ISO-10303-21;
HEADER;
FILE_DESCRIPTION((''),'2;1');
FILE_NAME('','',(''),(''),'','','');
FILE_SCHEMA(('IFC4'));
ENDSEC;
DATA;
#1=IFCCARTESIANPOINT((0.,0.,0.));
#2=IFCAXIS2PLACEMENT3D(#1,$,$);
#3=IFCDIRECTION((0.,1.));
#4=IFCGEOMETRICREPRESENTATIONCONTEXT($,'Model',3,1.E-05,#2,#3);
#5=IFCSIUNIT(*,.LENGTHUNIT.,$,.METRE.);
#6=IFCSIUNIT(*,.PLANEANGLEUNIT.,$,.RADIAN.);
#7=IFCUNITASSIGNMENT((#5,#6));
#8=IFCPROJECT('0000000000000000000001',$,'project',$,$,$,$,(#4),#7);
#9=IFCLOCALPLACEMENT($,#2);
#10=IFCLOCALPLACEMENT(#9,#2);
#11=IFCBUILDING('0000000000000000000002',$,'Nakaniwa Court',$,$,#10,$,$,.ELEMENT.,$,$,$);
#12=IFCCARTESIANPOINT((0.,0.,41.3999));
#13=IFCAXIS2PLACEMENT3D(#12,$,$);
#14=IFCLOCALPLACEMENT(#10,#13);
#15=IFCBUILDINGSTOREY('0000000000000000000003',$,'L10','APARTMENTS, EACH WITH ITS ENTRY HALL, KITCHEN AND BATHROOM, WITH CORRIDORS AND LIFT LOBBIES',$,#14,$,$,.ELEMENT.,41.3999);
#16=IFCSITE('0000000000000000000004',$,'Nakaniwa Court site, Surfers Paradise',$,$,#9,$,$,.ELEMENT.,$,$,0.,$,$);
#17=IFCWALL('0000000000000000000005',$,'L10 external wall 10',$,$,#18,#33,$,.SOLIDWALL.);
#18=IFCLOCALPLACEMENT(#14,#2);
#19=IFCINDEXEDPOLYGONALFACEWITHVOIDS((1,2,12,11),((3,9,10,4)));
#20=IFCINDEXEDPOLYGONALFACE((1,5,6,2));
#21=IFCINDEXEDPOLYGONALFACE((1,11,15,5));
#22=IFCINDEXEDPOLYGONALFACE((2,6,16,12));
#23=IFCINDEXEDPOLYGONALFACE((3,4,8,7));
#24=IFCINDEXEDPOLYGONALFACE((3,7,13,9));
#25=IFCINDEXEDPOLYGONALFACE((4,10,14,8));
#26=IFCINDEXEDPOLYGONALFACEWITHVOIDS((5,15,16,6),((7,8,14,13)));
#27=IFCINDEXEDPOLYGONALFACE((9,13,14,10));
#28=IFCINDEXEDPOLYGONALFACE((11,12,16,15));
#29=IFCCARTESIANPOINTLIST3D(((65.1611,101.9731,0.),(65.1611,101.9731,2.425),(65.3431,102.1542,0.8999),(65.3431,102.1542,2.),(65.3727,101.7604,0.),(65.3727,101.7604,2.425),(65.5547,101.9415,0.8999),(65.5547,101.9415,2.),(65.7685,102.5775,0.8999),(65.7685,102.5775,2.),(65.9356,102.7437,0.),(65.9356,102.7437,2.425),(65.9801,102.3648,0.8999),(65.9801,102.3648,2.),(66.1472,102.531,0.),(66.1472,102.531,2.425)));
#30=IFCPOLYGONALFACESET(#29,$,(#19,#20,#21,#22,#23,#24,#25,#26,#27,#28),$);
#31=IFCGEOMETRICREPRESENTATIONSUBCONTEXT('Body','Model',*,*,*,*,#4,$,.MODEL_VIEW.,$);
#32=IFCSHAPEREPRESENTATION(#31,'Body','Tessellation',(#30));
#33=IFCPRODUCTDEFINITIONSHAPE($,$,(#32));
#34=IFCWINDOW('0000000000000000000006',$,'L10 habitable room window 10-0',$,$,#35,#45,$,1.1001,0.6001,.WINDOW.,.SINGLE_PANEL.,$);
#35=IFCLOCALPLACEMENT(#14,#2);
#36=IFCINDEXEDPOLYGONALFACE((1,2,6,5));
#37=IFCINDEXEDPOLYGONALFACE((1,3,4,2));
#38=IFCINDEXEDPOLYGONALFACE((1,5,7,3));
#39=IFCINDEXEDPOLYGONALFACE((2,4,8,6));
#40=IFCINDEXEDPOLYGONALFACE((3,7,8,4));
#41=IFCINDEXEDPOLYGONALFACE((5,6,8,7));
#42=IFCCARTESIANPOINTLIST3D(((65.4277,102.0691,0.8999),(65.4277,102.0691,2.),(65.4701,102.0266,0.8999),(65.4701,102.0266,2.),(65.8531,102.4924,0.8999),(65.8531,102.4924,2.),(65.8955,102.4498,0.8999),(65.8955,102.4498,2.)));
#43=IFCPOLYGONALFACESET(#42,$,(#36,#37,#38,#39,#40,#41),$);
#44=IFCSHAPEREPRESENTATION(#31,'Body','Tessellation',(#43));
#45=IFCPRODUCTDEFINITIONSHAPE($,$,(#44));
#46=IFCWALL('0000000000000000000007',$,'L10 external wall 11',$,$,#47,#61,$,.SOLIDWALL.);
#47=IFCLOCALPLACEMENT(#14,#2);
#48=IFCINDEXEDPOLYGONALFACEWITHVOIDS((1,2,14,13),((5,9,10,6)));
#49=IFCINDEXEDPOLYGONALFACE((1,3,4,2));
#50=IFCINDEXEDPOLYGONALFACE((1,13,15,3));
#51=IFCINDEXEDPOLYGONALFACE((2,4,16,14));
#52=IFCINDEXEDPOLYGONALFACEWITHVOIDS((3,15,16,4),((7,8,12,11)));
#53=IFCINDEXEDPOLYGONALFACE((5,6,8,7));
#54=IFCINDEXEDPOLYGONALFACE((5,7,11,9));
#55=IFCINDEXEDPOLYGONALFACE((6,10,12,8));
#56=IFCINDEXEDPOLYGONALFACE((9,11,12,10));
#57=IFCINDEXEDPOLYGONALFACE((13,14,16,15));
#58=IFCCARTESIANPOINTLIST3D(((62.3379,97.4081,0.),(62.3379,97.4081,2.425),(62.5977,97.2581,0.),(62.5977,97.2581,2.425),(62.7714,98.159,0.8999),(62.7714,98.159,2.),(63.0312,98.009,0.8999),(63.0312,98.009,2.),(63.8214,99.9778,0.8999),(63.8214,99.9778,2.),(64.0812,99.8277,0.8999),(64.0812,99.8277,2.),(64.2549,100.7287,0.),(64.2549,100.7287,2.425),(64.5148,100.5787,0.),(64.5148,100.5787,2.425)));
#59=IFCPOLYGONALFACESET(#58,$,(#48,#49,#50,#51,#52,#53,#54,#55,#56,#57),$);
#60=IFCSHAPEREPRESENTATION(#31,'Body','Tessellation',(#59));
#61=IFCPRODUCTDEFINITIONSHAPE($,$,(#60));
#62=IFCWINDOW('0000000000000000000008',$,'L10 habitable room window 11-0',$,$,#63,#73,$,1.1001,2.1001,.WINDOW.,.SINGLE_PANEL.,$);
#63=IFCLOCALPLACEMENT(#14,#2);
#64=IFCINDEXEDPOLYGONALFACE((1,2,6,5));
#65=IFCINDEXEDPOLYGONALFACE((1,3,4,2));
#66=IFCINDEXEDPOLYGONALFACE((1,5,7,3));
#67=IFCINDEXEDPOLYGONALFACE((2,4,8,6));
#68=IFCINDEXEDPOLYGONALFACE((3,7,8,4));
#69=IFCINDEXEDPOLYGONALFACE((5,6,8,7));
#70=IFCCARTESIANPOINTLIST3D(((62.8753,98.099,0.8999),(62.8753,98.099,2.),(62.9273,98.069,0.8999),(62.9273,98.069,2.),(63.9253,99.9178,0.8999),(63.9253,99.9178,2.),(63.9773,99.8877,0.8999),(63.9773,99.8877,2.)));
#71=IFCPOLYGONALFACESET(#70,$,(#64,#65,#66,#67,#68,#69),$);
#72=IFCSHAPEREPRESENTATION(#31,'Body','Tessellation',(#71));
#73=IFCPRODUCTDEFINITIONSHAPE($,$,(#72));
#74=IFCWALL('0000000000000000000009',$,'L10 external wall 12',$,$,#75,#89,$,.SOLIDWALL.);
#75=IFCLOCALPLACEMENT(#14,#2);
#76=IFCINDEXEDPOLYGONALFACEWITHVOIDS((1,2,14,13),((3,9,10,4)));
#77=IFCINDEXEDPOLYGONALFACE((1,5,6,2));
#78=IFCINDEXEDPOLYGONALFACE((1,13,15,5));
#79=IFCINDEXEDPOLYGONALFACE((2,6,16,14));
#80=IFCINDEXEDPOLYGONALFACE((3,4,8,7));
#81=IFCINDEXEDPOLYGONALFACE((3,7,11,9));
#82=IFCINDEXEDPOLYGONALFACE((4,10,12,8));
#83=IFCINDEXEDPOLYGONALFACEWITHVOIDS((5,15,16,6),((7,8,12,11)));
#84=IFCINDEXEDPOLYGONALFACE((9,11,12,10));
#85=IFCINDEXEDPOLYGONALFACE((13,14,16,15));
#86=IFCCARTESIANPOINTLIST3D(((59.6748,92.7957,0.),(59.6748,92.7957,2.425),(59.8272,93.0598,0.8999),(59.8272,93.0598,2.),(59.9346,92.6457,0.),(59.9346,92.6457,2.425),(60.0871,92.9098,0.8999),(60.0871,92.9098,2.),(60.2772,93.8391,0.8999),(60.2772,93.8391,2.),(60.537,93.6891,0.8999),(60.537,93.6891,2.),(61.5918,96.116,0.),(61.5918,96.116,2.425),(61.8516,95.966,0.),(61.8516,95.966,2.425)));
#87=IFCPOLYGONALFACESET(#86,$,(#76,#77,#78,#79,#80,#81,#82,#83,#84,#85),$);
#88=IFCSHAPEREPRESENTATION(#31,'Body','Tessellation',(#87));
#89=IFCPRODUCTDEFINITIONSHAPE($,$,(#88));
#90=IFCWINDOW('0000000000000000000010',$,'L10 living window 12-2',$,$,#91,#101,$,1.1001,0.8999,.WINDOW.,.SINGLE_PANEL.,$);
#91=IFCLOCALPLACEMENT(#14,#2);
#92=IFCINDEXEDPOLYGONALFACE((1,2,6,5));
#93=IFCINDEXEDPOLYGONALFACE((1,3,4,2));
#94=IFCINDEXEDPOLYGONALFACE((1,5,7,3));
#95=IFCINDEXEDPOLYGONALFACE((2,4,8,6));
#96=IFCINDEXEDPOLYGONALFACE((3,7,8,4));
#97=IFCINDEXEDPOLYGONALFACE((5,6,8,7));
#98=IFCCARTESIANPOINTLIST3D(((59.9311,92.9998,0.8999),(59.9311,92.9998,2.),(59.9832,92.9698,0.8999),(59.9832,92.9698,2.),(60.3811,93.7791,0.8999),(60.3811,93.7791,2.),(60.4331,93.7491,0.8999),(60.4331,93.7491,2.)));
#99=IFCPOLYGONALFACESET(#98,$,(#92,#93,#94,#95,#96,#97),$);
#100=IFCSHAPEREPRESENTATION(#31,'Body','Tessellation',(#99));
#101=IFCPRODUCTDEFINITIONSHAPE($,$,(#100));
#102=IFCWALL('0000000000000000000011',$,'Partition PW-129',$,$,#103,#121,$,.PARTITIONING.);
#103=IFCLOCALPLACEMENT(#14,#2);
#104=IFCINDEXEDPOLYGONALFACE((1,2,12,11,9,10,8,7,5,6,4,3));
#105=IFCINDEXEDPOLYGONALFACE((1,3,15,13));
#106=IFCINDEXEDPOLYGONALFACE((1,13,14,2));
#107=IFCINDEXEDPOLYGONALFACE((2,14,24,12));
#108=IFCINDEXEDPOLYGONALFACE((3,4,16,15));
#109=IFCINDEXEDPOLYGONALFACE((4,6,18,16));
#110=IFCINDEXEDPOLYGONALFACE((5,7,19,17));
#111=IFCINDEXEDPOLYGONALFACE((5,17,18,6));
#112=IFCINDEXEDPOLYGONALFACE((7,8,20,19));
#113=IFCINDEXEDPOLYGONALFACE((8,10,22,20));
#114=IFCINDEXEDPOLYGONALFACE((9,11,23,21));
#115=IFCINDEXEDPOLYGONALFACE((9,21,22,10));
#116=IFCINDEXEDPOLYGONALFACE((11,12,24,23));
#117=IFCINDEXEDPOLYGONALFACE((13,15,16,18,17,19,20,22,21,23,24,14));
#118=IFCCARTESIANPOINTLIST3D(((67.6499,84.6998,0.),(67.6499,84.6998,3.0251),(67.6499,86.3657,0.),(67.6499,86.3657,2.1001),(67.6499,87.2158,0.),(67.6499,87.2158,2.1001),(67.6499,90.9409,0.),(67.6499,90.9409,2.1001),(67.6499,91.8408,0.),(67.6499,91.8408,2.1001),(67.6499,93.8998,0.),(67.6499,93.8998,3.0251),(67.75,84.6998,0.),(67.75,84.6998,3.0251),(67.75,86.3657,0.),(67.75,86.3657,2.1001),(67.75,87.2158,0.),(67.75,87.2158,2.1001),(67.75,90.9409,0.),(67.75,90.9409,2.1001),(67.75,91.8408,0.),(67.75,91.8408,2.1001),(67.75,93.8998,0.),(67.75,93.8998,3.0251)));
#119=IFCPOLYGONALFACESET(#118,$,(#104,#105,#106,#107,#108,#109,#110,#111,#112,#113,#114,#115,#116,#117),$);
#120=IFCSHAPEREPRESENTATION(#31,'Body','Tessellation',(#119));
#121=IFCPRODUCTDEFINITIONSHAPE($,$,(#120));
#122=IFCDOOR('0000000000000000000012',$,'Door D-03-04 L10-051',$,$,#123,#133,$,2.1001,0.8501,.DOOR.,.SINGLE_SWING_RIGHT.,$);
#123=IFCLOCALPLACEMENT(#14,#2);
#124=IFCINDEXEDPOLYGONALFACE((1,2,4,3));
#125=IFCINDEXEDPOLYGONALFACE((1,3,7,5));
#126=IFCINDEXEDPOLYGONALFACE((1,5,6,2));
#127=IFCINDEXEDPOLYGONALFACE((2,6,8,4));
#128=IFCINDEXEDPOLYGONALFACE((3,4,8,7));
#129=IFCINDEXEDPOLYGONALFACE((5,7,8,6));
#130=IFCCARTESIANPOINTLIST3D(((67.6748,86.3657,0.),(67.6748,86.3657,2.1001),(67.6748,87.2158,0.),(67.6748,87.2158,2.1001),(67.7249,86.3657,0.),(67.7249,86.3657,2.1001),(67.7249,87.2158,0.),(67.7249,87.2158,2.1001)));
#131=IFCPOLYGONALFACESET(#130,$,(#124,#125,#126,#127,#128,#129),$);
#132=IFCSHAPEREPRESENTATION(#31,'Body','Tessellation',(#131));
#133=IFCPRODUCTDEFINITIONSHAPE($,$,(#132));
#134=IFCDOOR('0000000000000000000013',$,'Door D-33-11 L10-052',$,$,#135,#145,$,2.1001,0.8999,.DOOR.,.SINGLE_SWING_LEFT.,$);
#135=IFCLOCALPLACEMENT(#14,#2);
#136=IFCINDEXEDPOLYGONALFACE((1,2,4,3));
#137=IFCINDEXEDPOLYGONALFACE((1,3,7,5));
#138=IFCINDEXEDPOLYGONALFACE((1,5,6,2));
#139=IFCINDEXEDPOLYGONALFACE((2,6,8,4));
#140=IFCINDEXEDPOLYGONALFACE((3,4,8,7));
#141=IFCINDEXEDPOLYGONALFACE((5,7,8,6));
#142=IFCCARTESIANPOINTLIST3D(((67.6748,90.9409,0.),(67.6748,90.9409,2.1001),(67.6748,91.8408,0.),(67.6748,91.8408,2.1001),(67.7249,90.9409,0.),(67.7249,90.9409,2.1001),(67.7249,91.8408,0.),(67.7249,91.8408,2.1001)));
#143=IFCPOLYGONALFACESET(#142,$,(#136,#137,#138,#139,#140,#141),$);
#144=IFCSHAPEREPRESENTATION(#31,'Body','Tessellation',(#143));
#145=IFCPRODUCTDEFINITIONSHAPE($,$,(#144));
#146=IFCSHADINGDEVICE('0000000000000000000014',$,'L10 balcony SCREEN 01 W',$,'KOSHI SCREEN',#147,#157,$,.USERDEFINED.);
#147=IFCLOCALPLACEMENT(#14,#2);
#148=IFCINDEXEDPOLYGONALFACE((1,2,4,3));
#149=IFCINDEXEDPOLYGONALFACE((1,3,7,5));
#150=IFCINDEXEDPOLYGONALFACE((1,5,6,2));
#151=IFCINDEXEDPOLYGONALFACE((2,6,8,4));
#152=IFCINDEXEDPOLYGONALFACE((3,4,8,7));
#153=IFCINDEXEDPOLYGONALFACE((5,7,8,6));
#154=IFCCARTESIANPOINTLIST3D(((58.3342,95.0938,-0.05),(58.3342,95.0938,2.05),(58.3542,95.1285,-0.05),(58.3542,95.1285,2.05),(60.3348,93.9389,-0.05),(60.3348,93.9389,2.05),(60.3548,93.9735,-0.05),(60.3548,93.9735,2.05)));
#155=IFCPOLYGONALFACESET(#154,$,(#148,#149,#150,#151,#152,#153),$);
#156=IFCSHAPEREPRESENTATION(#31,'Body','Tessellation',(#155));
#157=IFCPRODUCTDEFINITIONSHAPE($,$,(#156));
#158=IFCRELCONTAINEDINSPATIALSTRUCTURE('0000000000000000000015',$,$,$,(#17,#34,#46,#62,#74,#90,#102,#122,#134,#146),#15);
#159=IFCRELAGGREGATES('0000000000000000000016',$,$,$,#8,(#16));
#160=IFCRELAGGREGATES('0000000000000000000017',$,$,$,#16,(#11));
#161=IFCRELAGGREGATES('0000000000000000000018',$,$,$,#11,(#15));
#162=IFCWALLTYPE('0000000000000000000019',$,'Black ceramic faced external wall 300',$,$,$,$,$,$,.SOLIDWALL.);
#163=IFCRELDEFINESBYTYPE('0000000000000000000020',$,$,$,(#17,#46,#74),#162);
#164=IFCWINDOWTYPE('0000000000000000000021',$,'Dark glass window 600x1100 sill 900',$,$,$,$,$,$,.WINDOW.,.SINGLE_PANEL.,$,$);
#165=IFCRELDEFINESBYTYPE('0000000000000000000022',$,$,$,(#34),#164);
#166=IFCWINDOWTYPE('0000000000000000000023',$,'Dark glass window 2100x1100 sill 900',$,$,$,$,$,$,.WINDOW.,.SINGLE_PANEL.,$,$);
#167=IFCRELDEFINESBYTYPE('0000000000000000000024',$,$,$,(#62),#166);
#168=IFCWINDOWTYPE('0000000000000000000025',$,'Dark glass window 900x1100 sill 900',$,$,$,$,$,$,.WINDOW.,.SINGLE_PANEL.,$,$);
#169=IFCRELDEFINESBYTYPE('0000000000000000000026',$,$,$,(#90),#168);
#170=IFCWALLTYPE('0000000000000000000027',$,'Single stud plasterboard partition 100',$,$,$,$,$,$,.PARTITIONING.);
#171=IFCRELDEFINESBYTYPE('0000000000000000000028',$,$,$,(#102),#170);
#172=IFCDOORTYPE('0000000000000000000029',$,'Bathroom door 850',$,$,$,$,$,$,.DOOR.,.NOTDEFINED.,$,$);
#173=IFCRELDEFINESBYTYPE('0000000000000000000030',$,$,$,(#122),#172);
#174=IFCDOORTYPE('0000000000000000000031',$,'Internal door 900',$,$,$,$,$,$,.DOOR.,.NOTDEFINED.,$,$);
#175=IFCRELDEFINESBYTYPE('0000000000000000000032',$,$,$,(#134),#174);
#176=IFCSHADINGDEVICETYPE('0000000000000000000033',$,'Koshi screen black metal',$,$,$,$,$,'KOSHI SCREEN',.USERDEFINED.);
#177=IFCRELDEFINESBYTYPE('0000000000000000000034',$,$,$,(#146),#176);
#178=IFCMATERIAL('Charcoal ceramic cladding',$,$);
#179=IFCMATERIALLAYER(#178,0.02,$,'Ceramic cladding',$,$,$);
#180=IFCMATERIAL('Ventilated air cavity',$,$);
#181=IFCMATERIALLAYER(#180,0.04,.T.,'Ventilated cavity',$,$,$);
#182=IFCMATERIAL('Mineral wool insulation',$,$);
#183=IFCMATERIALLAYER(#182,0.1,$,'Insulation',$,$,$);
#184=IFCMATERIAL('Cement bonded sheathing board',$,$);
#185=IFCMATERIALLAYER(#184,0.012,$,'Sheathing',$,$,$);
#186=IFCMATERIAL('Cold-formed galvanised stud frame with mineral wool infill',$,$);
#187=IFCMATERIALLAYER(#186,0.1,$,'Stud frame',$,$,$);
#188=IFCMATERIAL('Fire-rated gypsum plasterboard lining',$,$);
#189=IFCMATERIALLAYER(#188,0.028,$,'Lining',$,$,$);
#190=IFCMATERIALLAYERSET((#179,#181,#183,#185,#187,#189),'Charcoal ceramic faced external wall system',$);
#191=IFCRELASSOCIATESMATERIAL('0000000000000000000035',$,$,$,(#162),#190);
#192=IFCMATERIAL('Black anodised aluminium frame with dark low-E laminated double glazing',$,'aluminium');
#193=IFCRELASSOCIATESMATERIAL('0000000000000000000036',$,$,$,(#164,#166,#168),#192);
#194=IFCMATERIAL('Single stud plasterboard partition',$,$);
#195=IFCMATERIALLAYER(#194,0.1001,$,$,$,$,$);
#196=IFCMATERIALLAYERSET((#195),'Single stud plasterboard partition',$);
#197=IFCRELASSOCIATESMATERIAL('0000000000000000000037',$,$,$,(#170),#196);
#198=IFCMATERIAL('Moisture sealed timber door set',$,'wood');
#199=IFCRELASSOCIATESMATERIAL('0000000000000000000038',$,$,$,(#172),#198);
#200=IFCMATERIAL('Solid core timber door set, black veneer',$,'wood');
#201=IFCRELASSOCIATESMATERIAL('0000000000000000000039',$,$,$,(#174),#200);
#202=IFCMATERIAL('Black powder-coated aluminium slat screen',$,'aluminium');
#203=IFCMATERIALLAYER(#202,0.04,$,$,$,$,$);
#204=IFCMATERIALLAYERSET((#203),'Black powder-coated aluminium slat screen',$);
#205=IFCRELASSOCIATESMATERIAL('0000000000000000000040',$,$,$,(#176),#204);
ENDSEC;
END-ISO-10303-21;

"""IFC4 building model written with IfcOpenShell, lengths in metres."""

from ifc_helpers import new_model, si_unit, direction, frame, frame_2d, origin, origin_2d, place, context, subcontext, project, spatial, rectangle, extrude, material, layer, layer_set, type_object, element, fill, save


model = new_model("IFC4")

# Units and contexts
model_context = context("Model", 3, precision=1e-05, world=origin(), true_north=direction((0.0, 1.0)))
body_context = subcontext(model_context, "Body", "Model", "MODEL_VIEW")
ifc_project = project(units=[si_unit("LENGTHUNIT", "METRE"), si_unit("PLANEANGLEUNIT", "RADIAN")], contexts=[model_context])

# Site, building, storey
site_placement = place(None, origin())
site = spatial("IfcSite", under=ifc_project, at=site_placement, Name="Nakaniwa Court site, Surfers Paradise", CompositionType="ELEMENT", RefElevation=0.0)
building_placement = place(site_placement, origin())
building = spatial("IfcBuilding", under=site, at=building_placement, Name="Nakaniwa Court", CompositionType="ELEMENT")
storey_placement = place(building_placement, frame((0.0, 0.0, 41.3999)))
storey = spatial("IfcBuildingStorey", under=building, at=storey_placement, Name="L10", Description="APARTMENTS, EACH WITH ITS ENTRY HALL, KITCHEN AND BATHROOM, WITH CORRIDORS AND LIFT LOBBIES", CompositionType="ELEMENT", Elevation=41.3999)

# Walls, openings, windows
ifc_material_1 = material(Name="Charcoal ceramic cladding")
ifc_layer_1 = layer(ifc_material_1, 0.02, Name="Ceramic cladding")
ifc_material_2 = material(Name="Ventilated air cavity")
ifc_layer_2 = layer(ifc_material_2, 0.04, ventilated=True, Name="Ventilated cavity")
ifc_material_3 = material(Name="Mineral wool insulation")
ifc_layer_3 = layer(ifc_material_3, 0.1, Name="Insulation")
ifc_material_4 = material(Name="Cement bonded sheathing board")
ifc_layer_4 = layer(ifc_material_4, 0.012, Name="Sheathing")
ifc_material_5 = material(Name="Cold-formed galvanised stud frame with mineral wool infill")
ifc_layer_5 = layer(ifc_material_5, 0.1, Name="Stud frame")
ifc_material_6 = material(Name="Fire-rated gypsum plasterboard lining")
ifc_layer_6 = layer(ifc_material_6, 0.028, Name="Lining")
ifc_layer_set_1 = layer_set([ifc_layer_1, ifc_layer_2, ifc_layer_3, ifc_layer_4, ifc_layer_5, ifc_layer_6], Name="Charcoal ceramic faced external wall system")
wall_type_1 = type_object("IfcWallType", Name="Black ceramic faced external wall 300", PredefinedType="SOLIDWALL", material=ifc_layer_set_1)
ifc_material_7 = material(Name="Black anodised aluminium frame with dark low-E laminated double glazing", Category="aluminium")
window_type_1 = type_object("IfcWindowType", Name="Dark glass window 600x1100 sill 900", PartitioningType="SINGLE_PANEL", PredefinedType="WINDOW", material=ifc_material_7)
wall_1_placement = place(storey_placement, frame((66.0415, 102.6375, 0.0), z_axis=(0.0, 0.0, 1.0), x_axis=(-0.708892, -0.705317, 0.0)))
wall_1 = element("IfcWall", 1, at=wall_1_placement, inside=storey, type_object=wall_type_1, Name="L10 external wall 10", PredefinedType="SOLIDWALL", context=body_context, shape_type="SweptSolid", body=[
    extrude(rectangle(XDim=1.0925, YDim=0.3, at=frame_2d((0.5464, 0.0))), origin(), (0.0, 0.0, 1.0), 2.425),
])
opening_1_placement = place(wall_1_placement, frame((0.2358, 0.0, 0.8999)))
opening_1 = element("IfcOpeningElement", 2, at=opening_1_placement, cuts=wall_1, PredefinedType="OPENING", context=body_context, shape_type="SweptSolid", body=[
    extrude(rectangle(XDim=0.6001, YDim=1.1001, at=frame_2d((0.3, 0.55))), frame((0.0, 0.1599, 0.0), z_axis=(0.0, -1.0, 0.0), x_axis=(1.0, 0.0, 0.0)), (0.0, 0.0, 1.0), 0.3201),
])
window_1_placement = place(opening_1_placement, origin())
window_1 = element("IfcWindow", 3, at=window_1_placement, inside=storey, type_object=window_type_1, Name="L10 habitable room window 10-0", OverallHeight=1.1001, OverallWidth=0.6001, PartitioningType="SINGLE_PANEL", PredefinedType="WINDOW", context=body_context, shape_type="SweptSolid", body=[
    extrude(rectangle(XDim=0.6001, YDim=1.1001, at=frame_2d((0.3, 0.55))), frame((0.0, 0.03, 0.0), z_axis=(0.0, -1.0, 0.0), x_axis=(1.0, 0.0, 0.0)), (0.0, 0.0, 1.0), 0.0601),
])
fill(opening_1, window_1)
wall_2_placement = place(storey_placement, frame((64.3848, 100.6536, 0.0), z_axis=(0.0, 0.0, 1.0), x_axis=(-0.499974, -0.86604, 0.0)))
wall_2 = element("IfcWall", 4, at=wall_2_placement, inside=storey, type_object=wall_type_1, Name="L10 external wall 11", PredefinedType="SOLIDWALL", context=body_context, shape_type="SweptSolid", body=[
    extrude(rectangle(XDim=3.8342, YDim=0.3, at=frame_2d((1.917, 0.0))), origin(), (0.0, 0.0, 1.0), 2.425),
])
opening_2_placement = place(wall_2_placement, frame((0.8669, 0.0, 0.8999)))
opening_2 = element("IfcOpeningElement", 5, at=opening_2_placement, cuts=wall_2, PredefinedType="OPENING", context=body_context, shape_type="SweptSolid", body=[
    extrude(rectangle(XDim=2.1001, YDim=1.1001, at=frame_2d((1.05, 0.55))), frame((0.0, 0.1599, 0.0), z_axis=(0.0, -1.0, 0.0), x_axis=(1.0, 0.0, 0.0)), (0.0, 0.0, 1.0), 0.3201),
])
window_type_2 = type_object("IfcWindowType", Name="Dark glass window 2100x1100 sill 900", PartitioningType="SINGLE_PANEL", PredefinedType="WINDOW", material=ifc_material_7)
window_2_placement = place(opening_2_placement, origin())
window_2 = element("IfcWindow", 6, at=window_2_placement, inside=storey, type_object=window_type_2, Name="L10 habitable room window 11-0", OverallHeight=1.1001, OverallWidth=2.1001, PartitioningType="SINGLE_PANEL", PredefinedType="WINDOW", context=body_context, shape_type="SweptSolid", body=[
    extrude(rectangle(XDim=2.1001, YDim=1.1001, at=frame_2d((1.05, 0.55))), frame((0.0, 0.03, 0.0), z_axis=(0.0, -1.0, 0.0), x_axis=(1.0, 0.0, 0.0)), (0.0, 0.0, 1.0), 0.0601),
])
fill(opening_2, window_2)
wall_3_placement = place(storey_placement, frame((61.7217, 96.041, 0.0), z_axis=(0.0, 0.0, 1.0), x_axis=(-0.500002, -0.866024, 0.0)))
wall_3 = element("IfcWall", 7, at=wall_3_placement, inside=storey, type_object=wall_type_1, Name="L10 external wall 12", PredefinedType="SOLIDWALL", context=body_context, shape_type="SweptSolid", body=[
    extrude(rectangle(XDim=3.834, YDim=0.3, at=frame_2d((1.917, 0.0))), origin(), (0.0, 0.0, 1.0), 2.425),
])
opening_3_placement = place(wall_3_placement, frame((2.6292, 0.0, 0.8999)))
opening_3 = element("IfcOpeningElement", 8, at=opening_3_placement, cuts=wall_3, PredefinedType="OPENING", context=body_context, shape_type="SweptSolid", body=[
    extrude(rectangle(XDim=0.8999, YDim=1.1001, at=frame_2d((0.45, 0.55))), frame((0.0, 0.1599, 0.0), z_axis=(0.0, -1.0, 0.0), x_axis=(1.0, 0.0, 0.0)), (0.0, 0.0, 1.0), 0.3201),
])
window_type_3 = type_object("IfcWindowType", Name="Dark glass window 900x1100 sill 900", PartitioningType="SINGLE_PANEL", PredefinedType="WINDOW", material=ifc_material_7)
window_3_placement = place(opening_3_placement, origin())
window_3 = element("IfcWindow", 9, at=window_3_placement, inside=storey, type_object=window_type_3, Name="L10 living window 12-2", OverallHeight=1.1001, OverallWidth=0.8999, PartitioningType="SINGLE_PANEL", PredefinedType="WINDOW", context=body_context, shape_type="SweptSolid", body=[
    extrude(rectangle(XDim=0.8999, YDim=1.1001, at=frame_2d((0.45, 0.55))), frame((0.0, 0.03, 0.0), z_axis=(0.0, -1.0, 0.0), x_axis=(1.0, 0.0, 0.0)), (0.0, 0.0, 1.0), 0.0601),
])
fill(opening_3, window_3)

# Wall, openings, doors
ifc_material_8 = material(Name="Single stud plasterboard partition")
ifc_layer_7 = layer(ifc_material_8, 0.1001)
ifc_layer_set_2 = layer_set([ifc_layer_7], Name="Single stud plasterboard partition")
wall_type_2 = type_object("IfcWallType", Name="Single stud plasterboard partition 100", PredefinedType="PARTITIONING", material=ifc_layer_set_2)
wall_4_placement = place(storey_placement, frame((67.7, 93.8999, 0.0), z_axis=(0.0, 0.0, 1.0), x_axis=(0.0, -1.0, 0.0)))
wall_4 = element("IfcWall", 10, at=wall_4_placement, inside=storey, type_object=wall_type_2, Name="Partition PW-129", PredefinedType="PARTITIONING", context=body_context, shape_type="SweptSolid", body=[
    extrude(rectangle(XDim=9.2, YDim=0.1001, at=frame_2d((4.6001, 0.0))), origin(), (0.0, 0.0, 1.0), 3.0251),
])
opening_4_placement = place(wall_4_placement, frame((6.6841, 0.0, 0.0)))
opening_4 = element("IfcOpeningElement", 11, at=opening_4_placement, cuts=wall_4, PredefinedType="OPENING", context=body_context, shape_type="SweptSolid", body=[
    extrude(rectangle(XDim=0.8501, YDim=2.1001, at=frame_2d((0.425, 1.05))), frame((0.0, 0.0601, 0.0), z_axis=(0.0, -1.0, 0.0), x_axis=(1.0, 0.0, 0.0)), (0.0, 0.0, 1.0), 0.1201),
])
opening_5_placement = place(wall_4_placement, frame((2.0591, 0.0, 0.0)))
opening_5 = element("IfcOpeningElement", 12, at=opening_5_placement, cuts=wall_4, PredefinedType="OPENING", context=body_context, shape_type="SweptSolid", body=[
    extrude(rectangle(XDim=0.8999, YDim=2.1001, at=frame_2d((0.45, 1.05))), frame((0.0, 0.0601, 0.0), z_axis=(0.0, -1.0, 0.0), x_axis=(1.0, 0.0, 0.0)), (0.0, 0.0, 1.0), 0.1201),
])
ifc_material_9 = material(Name="Moisture sealed timber door set", Category="wood")
door_type_1 = type_object("IfcDoorType", Name="Bathroom door 850", OperationType="NOTDEFINED", PredefinedType="DOOR", material=ifc_material_9)
door_1_placement = place(opening_4_placement, origin())
door_1 = element("IfcDoor", 13, at=door_1_placement, inside=storey, type_object=door_type_1, Name="Door D-03-04 L10-051", OperationType="SINGLE_SWING_RIGHT", OverallHeight=2.1001, OverallWidth=0.8501, PredefinedType="DOOR", context=body_context, shape_type="SweptSolid", body=[
    extrude(rectangle(XDim=0.8501, YDim=2.1001, at=frame_2d((0.425, 1.05))), frame((0.0, 0.0249, 0.0), z_axis=(0.0, -1.0, 0.0), x_axis=(1.0, 0.0, 0.0)), (0.0, 0.0, 1.0), 0.05),
])
fill(opening_4, door_1)
ifc_material_10 = material(Name="Solid core timber door set, black veneer", Category="wood")
door_type_2 = type_object("IfcDoorType", Name="Internal door 900", OperationType="NOTDEFINED", PredefinedType="DOOR", material=ifc_material_10)
door_2_placement = place(opening_5_placement, origin())
door_2 = element("IfcDoor", 14, at=door_2_placement, inside=storey, type_object=door_type_2, Name="Door D-33-11 L10-052", OperationType="SINGLE_SWING_LEFT", OverallHeight=2.1001, OverallWidth=0.8999, PredefinedType="DOOR", context=body_context, shape_type="SweptSolid", body=[
    extrude(rectangle(XDim=0.8999, YDim=2.1001, at=frame_2d((0.45, 1.05))), frame((0.0, 0.0249, 0.0), z_axis=(0.0, -1.0, 0.0), x_axis=(1.0, 0.0, 0.0)), (0.0, 0.0, 1.0), 0.05),
])
fill(opening_5, door_2)

# Shading device
ifc_material_11 = material(Name="Black powder-coated aluminium slat screen", Category="aluminium")
ifc_layer_8 = layer(ifc_material_11, 0.04)
ifc_layer_set_3 = layer_set([ifc_layer_8], Name="Black powder-coated aluminium slat screen")
shading_device_type_1 = type_object("IfcShadingDeviceType", Name="Koshi screen black metal", ElementType="KOSHI SCREEN", PredefinedType="USERDEFINED", material=ifc_layer_set_3)
shading_device_placement = place(storey_placement, frame((59.3445, 94.5337, -0.05), z_axis=(0.0, 0.0, 1.0), x_axis=(-0.499974, -0.86604, 0.0)))
element("IfcShadingDevice", 15, at=shading_device_placement, inside=storey, type_object=shading_device_type_1, Name="L10 balcony SCREEN 01 W", ObjectType="KOSHI SCREEN", PredefinedType="USERDEFINED", context=body_context, shape_type="SweptSolid", body=[
    extrude(rectangle(XDim=0.04, YDim=2.3101, at=origin_2d()), origin(), (0.0, 0.0, 1.0), 2.1001),
])

save(model, "model.ifc")
